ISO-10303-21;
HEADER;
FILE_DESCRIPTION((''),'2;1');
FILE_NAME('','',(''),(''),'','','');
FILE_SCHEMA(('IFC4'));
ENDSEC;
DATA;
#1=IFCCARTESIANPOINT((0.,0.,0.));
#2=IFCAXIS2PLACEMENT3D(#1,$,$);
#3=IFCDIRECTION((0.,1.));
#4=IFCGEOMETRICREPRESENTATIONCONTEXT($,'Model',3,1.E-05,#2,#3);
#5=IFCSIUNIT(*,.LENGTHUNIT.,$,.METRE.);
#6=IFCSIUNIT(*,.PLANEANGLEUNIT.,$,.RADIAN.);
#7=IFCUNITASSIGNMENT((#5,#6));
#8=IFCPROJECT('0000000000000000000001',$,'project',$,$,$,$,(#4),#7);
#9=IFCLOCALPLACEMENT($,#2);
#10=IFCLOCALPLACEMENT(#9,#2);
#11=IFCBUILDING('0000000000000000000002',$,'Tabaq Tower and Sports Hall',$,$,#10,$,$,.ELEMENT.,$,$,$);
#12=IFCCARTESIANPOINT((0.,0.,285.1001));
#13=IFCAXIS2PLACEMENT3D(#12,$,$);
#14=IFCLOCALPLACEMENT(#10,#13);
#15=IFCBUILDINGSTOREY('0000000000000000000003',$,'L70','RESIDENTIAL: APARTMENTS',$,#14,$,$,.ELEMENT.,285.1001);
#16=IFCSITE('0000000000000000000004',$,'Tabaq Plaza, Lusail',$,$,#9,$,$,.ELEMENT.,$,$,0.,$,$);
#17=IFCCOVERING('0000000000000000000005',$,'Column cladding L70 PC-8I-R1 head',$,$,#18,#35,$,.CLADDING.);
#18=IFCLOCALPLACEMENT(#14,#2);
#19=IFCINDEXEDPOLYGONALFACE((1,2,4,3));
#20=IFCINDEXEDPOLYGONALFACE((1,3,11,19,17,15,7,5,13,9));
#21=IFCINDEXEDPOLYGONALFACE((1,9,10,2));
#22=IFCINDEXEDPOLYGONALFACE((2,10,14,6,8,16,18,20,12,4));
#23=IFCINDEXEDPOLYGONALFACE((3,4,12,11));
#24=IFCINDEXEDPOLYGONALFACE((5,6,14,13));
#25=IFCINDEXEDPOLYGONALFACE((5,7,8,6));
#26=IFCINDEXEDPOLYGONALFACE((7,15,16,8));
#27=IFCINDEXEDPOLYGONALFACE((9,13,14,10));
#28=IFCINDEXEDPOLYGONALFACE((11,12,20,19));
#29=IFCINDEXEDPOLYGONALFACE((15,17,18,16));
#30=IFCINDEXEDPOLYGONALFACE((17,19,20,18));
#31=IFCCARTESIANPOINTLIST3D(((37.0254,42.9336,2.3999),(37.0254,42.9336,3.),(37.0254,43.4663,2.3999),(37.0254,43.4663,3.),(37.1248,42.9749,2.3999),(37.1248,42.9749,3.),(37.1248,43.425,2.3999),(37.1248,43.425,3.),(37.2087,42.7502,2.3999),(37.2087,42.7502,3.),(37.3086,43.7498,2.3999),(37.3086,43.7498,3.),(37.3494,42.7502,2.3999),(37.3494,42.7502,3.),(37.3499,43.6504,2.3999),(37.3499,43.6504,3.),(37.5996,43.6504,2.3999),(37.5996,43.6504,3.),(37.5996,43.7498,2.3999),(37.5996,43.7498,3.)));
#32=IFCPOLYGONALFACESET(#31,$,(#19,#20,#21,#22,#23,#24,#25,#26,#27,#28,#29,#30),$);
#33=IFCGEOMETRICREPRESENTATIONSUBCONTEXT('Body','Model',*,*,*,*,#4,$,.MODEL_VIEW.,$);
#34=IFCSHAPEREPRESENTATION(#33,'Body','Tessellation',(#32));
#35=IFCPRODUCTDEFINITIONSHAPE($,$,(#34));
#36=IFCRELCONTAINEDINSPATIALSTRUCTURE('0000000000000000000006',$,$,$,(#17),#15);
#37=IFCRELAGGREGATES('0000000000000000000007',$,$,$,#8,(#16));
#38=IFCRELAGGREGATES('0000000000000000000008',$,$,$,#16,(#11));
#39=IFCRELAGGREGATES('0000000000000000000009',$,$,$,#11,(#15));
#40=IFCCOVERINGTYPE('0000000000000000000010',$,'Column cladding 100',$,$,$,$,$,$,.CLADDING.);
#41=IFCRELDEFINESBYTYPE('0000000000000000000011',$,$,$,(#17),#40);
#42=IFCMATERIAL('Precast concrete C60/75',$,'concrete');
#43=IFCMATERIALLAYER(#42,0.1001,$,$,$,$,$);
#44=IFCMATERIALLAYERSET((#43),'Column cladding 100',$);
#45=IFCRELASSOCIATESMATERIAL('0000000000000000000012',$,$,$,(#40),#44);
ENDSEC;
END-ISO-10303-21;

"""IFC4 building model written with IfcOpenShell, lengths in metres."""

from ifc_helpers import new_model, si_unit, direction, frame, origin, place, context, subcontext, project, spatial, polyline, outline, extrude, material, layer, layer_set, type_object, element, save


model = new_model("IFC4")

# Units and contexts
model_context = context("Model", 3, precision=1e-05, world=origin(), true_north=direction((0.0, 1.0)))
body_context = subcontext(model_context, "Body", "Model", "MODEL_VIEW")
ifc_project = project(units=[si_unit("LENGTHUNIT", "METRE"), si_unit("PLANEANGLEUNIT", "RADIAN")], contexts=[model_context])

# Site, building, storey
site_placement = place(None, origin())
site = spatial("IfcSite", under=ifc_project, at=site_placement, Name="Tabaq Plaza, Lusail", CompositionType="ELEMENT", RefElevation=0.0)
building_placement = place(site_placement, origin())
building = spatial("IfcBuilding", under=site, at=building_placement, Name="Tabaq Tower and Sports Hall", CompositionType="ELEMENT")
storey_placement = place(building_placement, frame((0.0, 0.0, 285.1001)))
storey = spatial("IfcBuildingStorey", under=building, at=storey_placement, Name="L70", Description="RESIDENTIAL: APARTMENTS", CompositionType="ELEMENT", Elevation=285.1001)

# Covering
ifc_material_1 = material(Name="Precast concrete C60/75", Category="concrete")
ifc_layer_1 = layer(ifc_material_1, 0.1001)
ifc_layer_set_1 = layer_set([ifc_layer_1], Name="Column cladding 100")
covering_type = type_object("IfcCoveringType", Name="Column cladding 100", PredefinedType="CLADDING", material=ifc_layer_set_1)
covering_1_placement = place(storey_placement, frame((0.0, 0.0, 2.3999)))
element("IfcCovering", 1, at=covering_1_placement, inside=storey, type_object=covering_type, Name="Column cladding L70 PC-8I-R1 head", PredefinedType="CLADDING", context=body_context, shape_type="SweptSolid", body=[
    extrude(outline(polyline([(37.3086, 43.7498), (37.5996, 43.7498), (37.5996, 43.6504), (37.3499, 43.6504), (37.1248, 43.425), (37.1248, 42.9749), (37.3494, 42.7502), (37.2087, 42.7502), (37.0254, 42.9336), (37.0254, 43.4663), (37.3086, 43.7498)])), origin(), (0.0, 0.0, 1.0), 0.6001),
])

save(model, "model.ifc")
